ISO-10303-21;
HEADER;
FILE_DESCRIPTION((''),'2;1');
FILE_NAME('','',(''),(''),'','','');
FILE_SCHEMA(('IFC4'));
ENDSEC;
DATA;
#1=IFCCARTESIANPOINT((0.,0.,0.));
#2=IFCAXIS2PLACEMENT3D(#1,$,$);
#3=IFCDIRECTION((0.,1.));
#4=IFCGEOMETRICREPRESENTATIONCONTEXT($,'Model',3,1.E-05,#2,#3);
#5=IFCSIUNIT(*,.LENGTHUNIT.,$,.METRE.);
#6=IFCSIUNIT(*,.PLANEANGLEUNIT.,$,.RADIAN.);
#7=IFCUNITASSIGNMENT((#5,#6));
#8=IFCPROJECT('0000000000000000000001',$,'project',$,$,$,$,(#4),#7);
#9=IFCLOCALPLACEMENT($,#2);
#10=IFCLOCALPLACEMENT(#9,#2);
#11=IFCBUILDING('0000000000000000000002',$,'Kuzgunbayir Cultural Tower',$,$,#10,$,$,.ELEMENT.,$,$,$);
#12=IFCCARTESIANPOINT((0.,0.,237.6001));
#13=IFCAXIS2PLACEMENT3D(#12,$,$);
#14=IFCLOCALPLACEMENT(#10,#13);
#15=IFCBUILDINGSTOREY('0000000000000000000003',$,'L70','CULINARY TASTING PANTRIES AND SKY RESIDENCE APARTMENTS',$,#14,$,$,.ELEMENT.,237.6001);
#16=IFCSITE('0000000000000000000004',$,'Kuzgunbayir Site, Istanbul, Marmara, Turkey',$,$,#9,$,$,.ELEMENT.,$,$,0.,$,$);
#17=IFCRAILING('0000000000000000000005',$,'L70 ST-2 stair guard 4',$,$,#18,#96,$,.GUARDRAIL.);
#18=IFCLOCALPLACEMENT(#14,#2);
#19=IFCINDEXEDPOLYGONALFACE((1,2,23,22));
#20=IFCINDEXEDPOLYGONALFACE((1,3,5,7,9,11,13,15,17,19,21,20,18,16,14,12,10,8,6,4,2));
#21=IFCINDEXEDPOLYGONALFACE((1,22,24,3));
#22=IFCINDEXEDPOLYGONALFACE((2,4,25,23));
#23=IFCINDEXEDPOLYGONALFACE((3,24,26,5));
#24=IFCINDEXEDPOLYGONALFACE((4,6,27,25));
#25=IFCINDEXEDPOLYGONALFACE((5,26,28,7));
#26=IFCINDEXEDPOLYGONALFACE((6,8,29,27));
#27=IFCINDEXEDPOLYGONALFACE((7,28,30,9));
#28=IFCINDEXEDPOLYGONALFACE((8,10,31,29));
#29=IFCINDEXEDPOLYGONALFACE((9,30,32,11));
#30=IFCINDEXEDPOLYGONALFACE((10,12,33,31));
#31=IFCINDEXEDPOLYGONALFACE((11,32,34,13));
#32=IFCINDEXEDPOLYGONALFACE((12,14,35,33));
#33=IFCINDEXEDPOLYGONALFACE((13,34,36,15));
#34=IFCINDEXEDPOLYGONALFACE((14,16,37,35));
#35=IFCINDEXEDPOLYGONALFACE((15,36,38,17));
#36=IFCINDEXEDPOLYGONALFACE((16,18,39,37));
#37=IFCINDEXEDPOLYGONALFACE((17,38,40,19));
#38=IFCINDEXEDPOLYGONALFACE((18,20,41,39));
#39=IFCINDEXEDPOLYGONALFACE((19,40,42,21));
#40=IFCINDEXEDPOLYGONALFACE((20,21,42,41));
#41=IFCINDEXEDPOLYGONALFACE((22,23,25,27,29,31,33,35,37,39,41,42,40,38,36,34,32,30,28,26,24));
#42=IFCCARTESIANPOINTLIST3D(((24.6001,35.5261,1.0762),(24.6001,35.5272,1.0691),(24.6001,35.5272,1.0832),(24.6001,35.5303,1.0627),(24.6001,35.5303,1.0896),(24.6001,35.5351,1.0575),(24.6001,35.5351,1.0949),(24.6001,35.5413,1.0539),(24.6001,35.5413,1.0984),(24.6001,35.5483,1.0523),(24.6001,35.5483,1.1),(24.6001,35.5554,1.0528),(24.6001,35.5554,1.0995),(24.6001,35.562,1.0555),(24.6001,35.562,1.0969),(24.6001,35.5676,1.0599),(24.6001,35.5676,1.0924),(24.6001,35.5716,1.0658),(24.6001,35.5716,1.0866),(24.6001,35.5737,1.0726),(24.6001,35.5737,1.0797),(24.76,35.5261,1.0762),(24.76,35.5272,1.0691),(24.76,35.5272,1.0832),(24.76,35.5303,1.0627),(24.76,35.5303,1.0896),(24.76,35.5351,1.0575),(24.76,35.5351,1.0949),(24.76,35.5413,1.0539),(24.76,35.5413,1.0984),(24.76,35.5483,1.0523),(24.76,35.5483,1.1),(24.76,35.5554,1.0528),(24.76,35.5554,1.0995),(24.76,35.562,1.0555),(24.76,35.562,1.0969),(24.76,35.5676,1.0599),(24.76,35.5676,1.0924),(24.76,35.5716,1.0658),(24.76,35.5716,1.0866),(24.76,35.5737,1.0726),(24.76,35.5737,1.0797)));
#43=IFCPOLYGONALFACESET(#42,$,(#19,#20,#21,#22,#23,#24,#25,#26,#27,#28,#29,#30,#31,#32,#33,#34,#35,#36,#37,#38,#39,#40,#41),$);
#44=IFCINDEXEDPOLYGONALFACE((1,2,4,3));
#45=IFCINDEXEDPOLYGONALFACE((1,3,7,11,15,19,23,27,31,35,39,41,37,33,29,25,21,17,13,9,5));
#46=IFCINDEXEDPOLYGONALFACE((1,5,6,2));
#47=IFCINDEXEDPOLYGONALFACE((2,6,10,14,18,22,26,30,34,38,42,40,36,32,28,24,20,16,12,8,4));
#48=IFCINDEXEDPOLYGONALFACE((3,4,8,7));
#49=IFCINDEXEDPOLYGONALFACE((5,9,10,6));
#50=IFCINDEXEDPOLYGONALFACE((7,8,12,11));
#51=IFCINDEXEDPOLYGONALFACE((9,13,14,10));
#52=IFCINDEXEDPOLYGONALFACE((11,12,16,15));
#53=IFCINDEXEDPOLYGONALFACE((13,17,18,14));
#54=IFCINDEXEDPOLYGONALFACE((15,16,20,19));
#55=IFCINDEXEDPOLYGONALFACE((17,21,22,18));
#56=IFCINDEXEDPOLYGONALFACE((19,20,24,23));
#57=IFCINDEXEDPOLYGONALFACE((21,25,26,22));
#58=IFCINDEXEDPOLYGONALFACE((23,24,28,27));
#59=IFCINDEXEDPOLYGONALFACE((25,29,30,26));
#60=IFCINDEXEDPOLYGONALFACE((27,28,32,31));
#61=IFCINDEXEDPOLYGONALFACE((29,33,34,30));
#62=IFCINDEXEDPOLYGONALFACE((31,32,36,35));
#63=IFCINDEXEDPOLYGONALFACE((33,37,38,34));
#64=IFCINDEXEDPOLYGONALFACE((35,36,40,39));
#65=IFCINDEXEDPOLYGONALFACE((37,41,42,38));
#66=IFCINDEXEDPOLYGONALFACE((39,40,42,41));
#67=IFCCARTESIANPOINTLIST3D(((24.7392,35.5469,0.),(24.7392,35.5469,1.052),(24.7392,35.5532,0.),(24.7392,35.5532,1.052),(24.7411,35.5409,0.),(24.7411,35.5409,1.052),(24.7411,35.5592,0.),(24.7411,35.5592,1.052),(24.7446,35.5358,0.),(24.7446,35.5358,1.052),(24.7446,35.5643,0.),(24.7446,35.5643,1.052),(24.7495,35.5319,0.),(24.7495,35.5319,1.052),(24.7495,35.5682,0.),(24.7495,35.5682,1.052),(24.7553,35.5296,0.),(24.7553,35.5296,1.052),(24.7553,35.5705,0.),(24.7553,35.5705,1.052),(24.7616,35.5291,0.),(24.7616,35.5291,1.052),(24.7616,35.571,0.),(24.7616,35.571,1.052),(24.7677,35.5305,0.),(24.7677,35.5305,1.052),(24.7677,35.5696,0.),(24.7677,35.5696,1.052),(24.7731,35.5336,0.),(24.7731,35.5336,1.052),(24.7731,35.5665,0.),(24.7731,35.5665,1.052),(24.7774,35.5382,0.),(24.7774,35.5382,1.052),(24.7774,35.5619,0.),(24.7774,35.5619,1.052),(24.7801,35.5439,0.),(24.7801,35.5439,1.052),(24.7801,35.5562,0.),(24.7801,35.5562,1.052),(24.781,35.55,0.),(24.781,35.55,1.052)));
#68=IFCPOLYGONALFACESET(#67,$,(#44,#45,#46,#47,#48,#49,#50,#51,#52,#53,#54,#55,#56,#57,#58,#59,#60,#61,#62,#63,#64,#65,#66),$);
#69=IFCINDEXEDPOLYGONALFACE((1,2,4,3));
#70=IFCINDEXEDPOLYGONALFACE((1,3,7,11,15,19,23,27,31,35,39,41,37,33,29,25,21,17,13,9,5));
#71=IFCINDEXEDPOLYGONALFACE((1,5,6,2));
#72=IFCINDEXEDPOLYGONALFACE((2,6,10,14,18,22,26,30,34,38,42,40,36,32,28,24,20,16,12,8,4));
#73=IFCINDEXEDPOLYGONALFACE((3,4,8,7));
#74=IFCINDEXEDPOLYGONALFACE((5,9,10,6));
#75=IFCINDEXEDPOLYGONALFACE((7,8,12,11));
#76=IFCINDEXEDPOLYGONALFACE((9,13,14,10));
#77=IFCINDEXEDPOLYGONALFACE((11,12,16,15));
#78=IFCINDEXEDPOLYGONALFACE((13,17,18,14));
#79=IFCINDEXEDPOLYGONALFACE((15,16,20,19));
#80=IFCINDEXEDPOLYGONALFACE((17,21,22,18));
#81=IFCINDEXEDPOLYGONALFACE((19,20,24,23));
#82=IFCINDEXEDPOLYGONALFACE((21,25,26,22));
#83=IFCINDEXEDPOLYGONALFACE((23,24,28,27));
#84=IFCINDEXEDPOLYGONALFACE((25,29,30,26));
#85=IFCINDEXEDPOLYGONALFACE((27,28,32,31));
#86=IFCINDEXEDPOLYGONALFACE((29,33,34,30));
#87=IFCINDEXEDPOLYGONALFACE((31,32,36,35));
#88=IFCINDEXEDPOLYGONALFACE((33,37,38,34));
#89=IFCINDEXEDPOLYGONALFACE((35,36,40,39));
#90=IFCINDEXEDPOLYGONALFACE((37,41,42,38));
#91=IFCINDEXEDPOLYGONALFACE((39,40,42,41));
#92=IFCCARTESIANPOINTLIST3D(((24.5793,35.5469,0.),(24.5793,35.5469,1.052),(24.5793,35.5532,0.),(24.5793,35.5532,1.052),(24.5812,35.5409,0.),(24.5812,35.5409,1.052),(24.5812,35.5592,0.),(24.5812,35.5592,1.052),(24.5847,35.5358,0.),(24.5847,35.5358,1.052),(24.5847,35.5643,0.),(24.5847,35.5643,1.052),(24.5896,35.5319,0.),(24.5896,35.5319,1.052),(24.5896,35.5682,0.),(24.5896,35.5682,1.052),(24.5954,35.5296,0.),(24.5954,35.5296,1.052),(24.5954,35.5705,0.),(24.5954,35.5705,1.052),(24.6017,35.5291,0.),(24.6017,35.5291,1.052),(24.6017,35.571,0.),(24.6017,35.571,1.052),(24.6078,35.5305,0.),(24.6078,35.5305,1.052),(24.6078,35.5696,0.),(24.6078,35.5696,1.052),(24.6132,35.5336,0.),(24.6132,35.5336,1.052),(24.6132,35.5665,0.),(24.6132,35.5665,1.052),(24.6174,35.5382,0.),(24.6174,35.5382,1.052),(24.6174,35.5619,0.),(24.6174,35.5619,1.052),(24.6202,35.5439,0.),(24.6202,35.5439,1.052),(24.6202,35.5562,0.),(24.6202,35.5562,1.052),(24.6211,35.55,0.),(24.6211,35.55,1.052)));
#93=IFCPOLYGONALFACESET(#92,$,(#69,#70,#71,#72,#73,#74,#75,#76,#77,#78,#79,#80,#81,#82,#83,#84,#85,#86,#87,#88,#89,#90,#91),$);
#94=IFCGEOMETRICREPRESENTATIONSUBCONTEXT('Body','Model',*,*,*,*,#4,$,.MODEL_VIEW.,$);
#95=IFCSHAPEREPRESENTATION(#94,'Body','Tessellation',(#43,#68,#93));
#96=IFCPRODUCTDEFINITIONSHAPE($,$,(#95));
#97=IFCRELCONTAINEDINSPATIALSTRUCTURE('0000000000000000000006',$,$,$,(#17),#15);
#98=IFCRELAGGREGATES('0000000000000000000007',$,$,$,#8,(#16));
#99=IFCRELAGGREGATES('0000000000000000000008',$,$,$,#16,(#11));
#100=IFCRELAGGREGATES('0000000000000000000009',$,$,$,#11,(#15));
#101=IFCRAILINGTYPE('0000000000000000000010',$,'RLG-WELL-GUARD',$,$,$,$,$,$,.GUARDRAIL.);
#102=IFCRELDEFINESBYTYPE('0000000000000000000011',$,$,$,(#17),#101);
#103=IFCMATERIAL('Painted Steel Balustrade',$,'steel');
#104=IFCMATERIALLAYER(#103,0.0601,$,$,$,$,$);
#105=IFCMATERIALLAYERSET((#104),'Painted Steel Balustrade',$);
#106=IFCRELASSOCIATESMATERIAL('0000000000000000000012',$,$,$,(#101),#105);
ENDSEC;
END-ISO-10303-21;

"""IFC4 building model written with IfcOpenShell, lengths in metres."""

from ifc_helpers import new_model, si_unit, direction, frame, origin, origin_2d, place, context, subcontext, project, spatial, circle, extrude, material, layer, layer_set, type_object, element, save


model = new_model("IFC4")

# Units and contexts
model_context = context("Model", 3, precision=1e-05, world=origin(), true_north=direction((0.0, 1.0)))
body_context = subcontext(model_context, "Body", "Model", "MODEL_VIEW")
ifc_project = project(units=[si_unit("LENGTHUNIT", "METRE"), si_unit("PLANEANGLEUNIT", "RADIAN")], contexts=[model_context])

# Site, building, storey
site_placement = place(None, origin())
site = spatial("IfcSite", under=ifc_project, at=site_placement, Name="Kuzgunbayir Site, Istanbul, Marmara, Turkey", CompositionType="ELEMENT", RefElevation=0.0)
building_placement = place(site_placement, origin())
building = spatial("IfcBuilding", under=site, at=building_placement, Name="Kuzgunbayir Cultural Tower", CompositionType="ELEMENT")
storey_placement = place(building_placement, frame((0.0, 0.0, 237.6001)))
storey = spatial("IfcBuildingStorey", under=building, at=storey_placement, Name="L70", Description="CULINARY TASTING PANTRIES AND SKY RESIDENCE APARTMENTS", CompositionType="ELEMENT", Elevation=237.6001)

# Railing
ifc_material_1 = material(Name="Painted Steel Balustrade", Category="steel")
ifc_layer_1 = layer(ifc_material_1, 0.0601)
ifc_layer_set_1 = layer_set([ifc_layer_1], Name="Painted Steel Balustrade")
railing_type_1 = type_object("IfcRailingType", Name="RLG-WELL-GUARD", PredefinedType="GUARDRAIL", material=ifc_layer_set_1)
railing_1_placement = place(storey_placement, frame((24.76, 35.55, 0.0)))
element("IfcRailing", 1, at=railing_1_placement, inside=storey, type_object=railing_type_1, Name="L70 ST-2 stair guard 4", PredefinedType="GUARDRAIL", context=body_context, shape_type="SweptSolid", body=[
    extrude(circle(Radius=0.0239, at=origin_2d()), frame((0.0, 0.0, 1.0762), z_axis=(-1.0, 0.0, 0.0), x_axis=(0.0, -1.0, 0.0)), (0.0, 0.0, 1.0), 0.1599),
    extrude(circle(Radius=0.021, at=origin_2d()), origin(), (0.0, 0.0, 1.0), 1.052),
    extrude(circle(Radius=0.021, at=origin_2d()), frame((-0.1599, 0.0, 0.0)), (0.0, 0.0, 1.0), 1.052),
])

save(model, "model.ifc")
